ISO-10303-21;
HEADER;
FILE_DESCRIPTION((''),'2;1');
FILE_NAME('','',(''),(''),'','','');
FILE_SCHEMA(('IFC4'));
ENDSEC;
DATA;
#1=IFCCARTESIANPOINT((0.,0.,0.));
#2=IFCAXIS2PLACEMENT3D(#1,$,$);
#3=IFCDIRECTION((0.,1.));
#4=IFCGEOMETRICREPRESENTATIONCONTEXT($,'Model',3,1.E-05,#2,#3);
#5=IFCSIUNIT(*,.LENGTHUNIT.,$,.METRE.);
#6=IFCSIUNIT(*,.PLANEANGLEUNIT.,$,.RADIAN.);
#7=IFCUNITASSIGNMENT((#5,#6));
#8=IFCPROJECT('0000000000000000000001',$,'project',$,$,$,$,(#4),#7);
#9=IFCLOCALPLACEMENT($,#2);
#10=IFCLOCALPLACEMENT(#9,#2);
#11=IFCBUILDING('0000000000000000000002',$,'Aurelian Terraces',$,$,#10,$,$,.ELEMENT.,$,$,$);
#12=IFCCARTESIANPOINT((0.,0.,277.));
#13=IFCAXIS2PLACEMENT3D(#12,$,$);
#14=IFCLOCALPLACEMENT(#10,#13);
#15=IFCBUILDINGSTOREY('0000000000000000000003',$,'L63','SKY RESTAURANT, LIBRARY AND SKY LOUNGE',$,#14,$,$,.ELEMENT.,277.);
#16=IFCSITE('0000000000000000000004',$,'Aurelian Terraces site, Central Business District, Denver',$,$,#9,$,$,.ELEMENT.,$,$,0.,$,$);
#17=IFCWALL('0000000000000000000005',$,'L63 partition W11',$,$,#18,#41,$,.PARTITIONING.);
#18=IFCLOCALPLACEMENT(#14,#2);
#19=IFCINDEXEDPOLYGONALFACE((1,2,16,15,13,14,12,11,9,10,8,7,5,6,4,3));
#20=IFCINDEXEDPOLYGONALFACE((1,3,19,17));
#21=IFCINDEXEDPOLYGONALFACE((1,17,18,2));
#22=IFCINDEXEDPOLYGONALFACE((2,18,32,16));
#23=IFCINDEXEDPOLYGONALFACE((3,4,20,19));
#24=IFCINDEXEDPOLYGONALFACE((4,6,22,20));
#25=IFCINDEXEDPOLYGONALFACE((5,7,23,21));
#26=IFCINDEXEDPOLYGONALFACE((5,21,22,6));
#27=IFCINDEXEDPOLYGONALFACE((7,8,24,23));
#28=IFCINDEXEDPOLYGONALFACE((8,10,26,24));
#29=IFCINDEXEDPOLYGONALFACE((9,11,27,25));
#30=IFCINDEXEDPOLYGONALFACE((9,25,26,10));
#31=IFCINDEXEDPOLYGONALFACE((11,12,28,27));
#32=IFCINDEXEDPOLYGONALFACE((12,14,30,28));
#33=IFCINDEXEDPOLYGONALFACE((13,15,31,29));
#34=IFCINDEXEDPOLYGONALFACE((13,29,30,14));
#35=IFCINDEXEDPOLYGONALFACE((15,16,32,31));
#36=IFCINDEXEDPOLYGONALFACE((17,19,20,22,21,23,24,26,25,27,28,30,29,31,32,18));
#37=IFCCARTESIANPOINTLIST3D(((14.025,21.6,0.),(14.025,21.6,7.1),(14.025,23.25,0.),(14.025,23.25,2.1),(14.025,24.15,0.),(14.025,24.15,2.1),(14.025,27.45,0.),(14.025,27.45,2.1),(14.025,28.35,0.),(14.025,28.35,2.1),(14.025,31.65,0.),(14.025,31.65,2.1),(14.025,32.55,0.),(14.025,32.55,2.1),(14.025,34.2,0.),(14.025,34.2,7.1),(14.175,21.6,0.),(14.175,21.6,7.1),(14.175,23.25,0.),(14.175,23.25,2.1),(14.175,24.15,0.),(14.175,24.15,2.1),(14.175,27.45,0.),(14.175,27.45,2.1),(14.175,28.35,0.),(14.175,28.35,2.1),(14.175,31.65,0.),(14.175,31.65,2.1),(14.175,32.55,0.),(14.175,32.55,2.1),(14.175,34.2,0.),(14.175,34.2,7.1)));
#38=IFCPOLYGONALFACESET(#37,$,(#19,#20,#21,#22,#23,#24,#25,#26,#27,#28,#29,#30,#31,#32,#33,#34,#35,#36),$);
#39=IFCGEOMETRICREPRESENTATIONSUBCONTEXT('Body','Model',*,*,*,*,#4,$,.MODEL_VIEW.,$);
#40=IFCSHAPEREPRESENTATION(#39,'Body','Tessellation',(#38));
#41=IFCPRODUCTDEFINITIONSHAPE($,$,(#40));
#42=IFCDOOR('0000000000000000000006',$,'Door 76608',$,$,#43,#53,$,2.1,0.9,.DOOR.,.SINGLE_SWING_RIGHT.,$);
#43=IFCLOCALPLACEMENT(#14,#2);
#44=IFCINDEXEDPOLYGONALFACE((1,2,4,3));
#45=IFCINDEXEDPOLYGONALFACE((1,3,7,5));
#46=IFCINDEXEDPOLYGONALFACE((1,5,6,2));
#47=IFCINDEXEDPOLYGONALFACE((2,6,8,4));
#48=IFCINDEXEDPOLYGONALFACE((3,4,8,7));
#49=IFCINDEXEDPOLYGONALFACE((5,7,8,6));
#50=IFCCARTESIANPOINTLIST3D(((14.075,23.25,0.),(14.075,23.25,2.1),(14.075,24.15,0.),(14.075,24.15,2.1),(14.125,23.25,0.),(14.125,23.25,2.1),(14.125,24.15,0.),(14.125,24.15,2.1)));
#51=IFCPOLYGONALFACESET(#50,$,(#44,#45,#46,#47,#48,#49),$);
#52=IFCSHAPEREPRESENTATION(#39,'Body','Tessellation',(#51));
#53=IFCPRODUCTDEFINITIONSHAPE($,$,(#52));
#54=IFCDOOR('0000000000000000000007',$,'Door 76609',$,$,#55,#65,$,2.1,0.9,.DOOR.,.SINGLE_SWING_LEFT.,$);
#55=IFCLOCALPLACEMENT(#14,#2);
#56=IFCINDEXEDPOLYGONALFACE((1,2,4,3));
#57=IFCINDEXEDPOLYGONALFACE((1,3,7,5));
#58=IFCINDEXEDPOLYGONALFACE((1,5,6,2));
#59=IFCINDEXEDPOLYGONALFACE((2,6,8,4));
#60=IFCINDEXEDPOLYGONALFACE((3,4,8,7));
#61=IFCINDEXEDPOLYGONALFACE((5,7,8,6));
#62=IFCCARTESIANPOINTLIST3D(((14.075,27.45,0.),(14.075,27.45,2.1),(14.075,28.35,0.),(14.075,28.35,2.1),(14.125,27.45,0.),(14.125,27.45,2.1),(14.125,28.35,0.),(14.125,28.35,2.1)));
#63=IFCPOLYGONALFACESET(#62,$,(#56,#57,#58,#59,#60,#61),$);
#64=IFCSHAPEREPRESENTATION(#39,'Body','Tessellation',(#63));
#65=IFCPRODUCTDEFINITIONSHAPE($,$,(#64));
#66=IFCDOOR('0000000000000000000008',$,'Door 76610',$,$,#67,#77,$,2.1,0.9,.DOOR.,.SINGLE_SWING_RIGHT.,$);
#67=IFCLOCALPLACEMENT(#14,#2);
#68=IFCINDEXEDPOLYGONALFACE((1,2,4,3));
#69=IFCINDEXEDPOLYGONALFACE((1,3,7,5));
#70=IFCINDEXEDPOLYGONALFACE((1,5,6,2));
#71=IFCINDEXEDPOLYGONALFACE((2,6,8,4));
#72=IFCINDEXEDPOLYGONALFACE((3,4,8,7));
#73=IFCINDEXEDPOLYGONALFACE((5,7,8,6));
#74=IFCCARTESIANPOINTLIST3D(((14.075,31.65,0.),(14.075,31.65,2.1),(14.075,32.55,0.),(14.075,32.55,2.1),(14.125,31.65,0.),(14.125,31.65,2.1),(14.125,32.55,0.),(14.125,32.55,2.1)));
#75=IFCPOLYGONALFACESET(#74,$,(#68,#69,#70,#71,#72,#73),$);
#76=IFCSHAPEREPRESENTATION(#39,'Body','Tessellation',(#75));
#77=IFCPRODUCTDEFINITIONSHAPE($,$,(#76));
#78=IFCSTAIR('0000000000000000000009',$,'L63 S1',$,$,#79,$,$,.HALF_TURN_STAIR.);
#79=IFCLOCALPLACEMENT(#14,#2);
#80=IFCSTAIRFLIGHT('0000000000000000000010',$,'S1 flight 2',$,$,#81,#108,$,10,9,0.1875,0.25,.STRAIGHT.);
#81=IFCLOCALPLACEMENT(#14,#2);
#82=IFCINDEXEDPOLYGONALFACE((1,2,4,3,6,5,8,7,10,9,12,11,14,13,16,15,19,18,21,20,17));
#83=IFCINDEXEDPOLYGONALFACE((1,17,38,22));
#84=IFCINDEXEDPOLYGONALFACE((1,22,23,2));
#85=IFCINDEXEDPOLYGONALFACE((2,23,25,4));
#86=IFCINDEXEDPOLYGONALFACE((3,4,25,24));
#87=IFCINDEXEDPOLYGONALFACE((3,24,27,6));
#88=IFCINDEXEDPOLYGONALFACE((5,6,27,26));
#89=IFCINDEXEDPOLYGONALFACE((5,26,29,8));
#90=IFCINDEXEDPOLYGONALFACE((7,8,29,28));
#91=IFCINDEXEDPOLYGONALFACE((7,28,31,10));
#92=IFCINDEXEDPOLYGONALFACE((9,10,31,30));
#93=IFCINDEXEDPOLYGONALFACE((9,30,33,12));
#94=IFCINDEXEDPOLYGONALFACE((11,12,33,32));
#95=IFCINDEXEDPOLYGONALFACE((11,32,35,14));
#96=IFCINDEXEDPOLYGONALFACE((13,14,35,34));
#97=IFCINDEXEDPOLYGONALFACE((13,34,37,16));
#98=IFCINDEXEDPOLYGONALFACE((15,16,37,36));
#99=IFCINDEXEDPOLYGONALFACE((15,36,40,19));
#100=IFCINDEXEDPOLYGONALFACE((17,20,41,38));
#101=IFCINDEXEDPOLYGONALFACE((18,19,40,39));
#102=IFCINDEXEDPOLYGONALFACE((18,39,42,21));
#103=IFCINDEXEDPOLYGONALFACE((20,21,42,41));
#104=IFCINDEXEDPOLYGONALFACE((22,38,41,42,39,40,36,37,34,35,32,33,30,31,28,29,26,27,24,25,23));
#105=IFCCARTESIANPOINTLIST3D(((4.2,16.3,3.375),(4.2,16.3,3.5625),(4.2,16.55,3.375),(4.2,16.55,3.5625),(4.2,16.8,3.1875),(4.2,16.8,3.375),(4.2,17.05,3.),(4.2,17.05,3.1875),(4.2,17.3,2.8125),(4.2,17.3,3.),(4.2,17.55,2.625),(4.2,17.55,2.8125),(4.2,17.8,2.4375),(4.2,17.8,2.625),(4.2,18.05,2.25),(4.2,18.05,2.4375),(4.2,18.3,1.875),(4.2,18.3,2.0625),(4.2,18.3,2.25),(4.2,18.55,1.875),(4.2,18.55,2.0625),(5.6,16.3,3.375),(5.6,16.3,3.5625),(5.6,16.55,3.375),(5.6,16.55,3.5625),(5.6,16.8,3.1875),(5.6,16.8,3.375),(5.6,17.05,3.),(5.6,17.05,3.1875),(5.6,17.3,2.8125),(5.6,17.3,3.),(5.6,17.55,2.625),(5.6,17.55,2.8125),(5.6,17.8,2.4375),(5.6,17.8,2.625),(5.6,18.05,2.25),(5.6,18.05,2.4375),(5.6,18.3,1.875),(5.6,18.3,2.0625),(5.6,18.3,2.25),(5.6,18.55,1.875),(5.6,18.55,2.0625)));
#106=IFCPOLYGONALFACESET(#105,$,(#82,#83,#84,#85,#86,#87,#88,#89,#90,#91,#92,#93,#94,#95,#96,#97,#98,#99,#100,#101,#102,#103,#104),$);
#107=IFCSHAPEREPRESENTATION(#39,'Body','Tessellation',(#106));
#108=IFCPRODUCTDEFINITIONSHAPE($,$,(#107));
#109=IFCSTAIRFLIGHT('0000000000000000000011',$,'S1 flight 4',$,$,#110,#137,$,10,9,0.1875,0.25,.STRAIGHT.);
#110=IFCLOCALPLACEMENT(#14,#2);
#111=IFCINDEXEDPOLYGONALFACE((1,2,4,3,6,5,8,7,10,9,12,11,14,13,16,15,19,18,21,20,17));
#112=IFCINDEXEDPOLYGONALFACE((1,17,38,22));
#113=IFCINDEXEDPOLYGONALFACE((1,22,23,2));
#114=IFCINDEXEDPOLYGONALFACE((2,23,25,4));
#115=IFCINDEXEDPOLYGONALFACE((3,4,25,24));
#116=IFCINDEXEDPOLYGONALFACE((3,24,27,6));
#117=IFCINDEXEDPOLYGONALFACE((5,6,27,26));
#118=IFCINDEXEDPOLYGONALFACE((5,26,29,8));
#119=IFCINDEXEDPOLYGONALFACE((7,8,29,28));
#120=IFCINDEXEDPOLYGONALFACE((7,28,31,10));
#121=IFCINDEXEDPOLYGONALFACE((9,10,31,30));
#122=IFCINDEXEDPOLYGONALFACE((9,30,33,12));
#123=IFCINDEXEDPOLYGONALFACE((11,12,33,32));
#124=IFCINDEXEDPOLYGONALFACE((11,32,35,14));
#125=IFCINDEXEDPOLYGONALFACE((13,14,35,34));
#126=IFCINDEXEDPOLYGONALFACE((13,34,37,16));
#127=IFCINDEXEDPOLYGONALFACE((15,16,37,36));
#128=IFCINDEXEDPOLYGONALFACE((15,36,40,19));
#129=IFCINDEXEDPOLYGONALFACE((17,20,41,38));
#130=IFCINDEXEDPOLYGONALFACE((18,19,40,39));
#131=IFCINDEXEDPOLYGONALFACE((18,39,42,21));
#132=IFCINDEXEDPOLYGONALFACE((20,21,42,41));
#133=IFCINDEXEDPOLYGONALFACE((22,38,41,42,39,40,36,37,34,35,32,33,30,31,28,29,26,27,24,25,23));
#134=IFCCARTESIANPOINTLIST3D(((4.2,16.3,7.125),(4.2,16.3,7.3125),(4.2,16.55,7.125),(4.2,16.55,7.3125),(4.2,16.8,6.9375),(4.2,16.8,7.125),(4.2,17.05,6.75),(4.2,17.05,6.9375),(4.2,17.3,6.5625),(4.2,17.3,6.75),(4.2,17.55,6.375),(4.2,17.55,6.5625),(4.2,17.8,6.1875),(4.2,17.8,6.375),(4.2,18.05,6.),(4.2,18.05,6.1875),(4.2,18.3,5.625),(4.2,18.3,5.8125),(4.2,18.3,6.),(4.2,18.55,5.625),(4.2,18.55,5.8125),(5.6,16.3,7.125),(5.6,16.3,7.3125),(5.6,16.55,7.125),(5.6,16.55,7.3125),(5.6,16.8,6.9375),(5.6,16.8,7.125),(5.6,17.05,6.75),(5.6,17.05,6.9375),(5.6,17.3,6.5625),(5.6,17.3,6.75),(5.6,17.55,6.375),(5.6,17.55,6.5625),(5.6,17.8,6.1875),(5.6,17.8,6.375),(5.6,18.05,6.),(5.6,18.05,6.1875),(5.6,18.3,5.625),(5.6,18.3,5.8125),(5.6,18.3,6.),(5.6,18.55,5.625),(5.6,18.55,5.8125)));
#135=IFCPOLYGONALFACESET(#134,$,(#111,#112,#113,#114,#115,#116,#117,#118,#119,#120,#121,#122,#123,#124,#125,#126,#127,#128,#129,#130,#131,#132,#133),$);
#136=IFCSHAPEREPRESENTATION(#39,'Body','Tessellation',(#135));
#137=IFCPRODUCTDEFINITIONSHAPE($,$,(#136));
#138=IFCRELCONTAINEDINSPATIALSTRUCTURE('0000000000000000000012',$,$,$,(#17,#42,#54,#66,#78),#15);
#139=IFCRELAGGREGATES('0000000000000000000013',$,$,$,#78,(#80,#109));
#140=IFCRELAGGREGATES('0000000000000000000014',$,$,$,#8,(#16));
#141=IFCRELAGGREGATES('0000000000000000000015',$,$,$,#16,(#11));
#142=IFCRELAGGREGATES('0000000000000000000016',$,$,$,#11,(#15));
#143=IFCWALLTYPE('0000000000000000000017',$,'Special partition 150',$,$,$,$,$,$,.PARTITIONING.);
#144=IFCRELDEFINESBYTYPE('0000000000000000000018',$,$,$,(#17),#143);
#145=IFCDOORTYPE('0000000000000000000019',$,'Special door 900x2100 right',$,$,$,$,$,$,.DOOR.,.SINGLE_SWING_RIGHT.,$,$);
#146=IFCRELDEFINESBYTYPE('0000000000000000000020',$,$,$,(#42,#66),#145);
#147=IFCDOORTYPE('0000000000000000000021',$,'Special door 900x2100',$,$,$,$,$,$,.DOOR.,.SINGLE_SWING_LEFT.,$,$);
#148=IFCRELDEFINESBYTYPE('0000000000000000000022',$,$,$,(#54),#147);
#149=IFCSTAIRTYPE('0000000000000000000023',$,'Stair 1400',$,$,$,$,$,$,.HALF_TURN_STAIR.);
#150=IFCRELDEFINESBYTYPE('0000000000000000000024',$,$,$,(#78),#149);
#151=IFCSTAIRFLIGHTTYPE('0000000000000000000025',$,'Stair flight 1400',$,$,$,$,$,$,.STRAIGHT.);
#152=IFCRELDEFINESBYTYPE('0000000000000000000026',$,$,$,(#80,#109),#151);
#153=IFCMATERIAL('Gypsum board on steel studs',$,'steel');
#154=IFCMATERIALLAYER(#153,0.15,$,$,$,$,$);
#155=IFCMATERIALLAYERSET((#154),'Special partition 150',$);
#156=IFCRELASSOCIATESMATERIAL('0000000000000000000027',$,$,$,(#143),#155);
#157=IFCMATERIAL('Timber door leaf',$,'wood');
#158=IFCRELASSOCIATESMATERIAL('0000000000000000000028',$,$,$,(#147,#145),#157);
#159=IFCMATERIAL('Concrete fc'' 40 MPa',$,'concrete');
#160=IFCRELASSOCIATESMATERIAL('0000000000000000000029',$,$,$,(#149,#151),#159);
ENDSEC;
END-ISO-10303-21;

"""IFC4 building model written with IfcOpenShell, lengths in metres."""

from ifc_helpers import new_model, si_unit, direction, frame, frame_2d, origin, place, context, subcontext, project, spatial, polyline, rectangle, outline, extrude, source, transform, mapped, material, layer, layer_set, type_object, element, fill, aggregate, save


model = new_model("IFC4")

# Units and contexts
model_context = context("Model", 3, precision=1e-05, world=origin(), true_north=direction((0.0, 1.0)))
body_context = subcontext(model_context, "Body", "Model", "MODEL_VIEW")
ifc_project = project(units=[si_unit("LENGTHUNIT", "METRE"), si_unit("PLANEANGLEUNIT", "RADIAN")], contexts=[model_context])

# Site, building, storey
site_placement = place(None, origin())
site = spatial("IfcSite", under=ifc_project, at=site_placement, Name="Aurelian Terraces site, Central Business District, Denver", CompositionType="ELEMENT", RefElevation=0.0)
building_placement = place(site_placement, origin())
building = spatial("IfcBuilding", under=site, at=building_placement, Name="Aurelian Terraces", CompositionType="ELEMENT")
storey_placement = place(building_placement, frame((0.0, 0.0, 277.0)))
storey = spatial("IfcBuildingStorey", under=building, at=storey_placement, Name="L63", Description="SKY RESTAURANT, LIBRARY AND SKY LOUNGE", CompositionType="ELEMENT", Elevation=277.0)

# Shared definitions
ifc_material_1 = material(Name="Gypsum board on steel studs", Category="steel")
shared_shape_1 = source(origin(), body_context, "Body", "SweptSolid", [
    extrude(rectangle(XDim=0.9, YDim=2.1, at=frame_2d((0.45, 1.05))), frame((0.0, 0.025, 0.0), z_axis=(0.0, -1.0, 0.0), x_axis=(1.0, 0.0, 0.0)), (0.0, 0.0, 1.0), 0.05),
])

# Shared definitions
ifc_layer_1 = layer(ifc_material_1, 0.15)
ifc_layer_set_1 = layer_set([ifc_layer_1], Name="Special partition 150")
wall_type_1 = type_object("IfcWallType", Name="Special partition 150", PredefinedType="PARTITIONING", material=ifc_layer_set_1)
shared_shape_2 = source(origin(), body_context, "Body", "SweptSolid", [
    extrude(rectangle(XDim=0.9, YDim=2.1, at=frame_2d((0.45, 1.05))), frame((0.0, 0.085, 0.0), z_axis=(0.0, -1.0, 0.0), x_axis=(1.0, 0.0, 0.0)), (0.0, 0.0, 1.0), 0.17),
])
ifc_material_2 = material(Name="Timber door leaf", Category="wood")
door_type_1 = type_object("IfcDoorType", Name="Special door 900x2100", OperationType="SINGLE_SWING_LEFT", PredefinedType="DOOR", material=ifc_material_2)

# Wall, openings, doors
shared_shape_3 = source(origin(), body_context, "Body", "SweptSolid", [
    extrude(rectangle(XDim=12.6, YDim=0.15, at=frame_2d((6.3, 0.0))), origin(), (0.0, 0.0, 1.0), 7.1),
])
wall_1_placement = place(storey_placement, frame((14.1, 21.6, 0.0), z_axis=(0.0, 0.0, 1.0), x_axis=(0.0, 1.0, 0.0)))
wall_1 = element("IfcWall", 1, at=wall_1_placement, inside=storey, type_object=wall_type_1, Name="L63 partition W11", PredefinedType="PARTITIONING", context=body_context, shape_type="MappedRepresentation", body=[
    mapped(shared_shape_3, transform((0.0, 0.0, 0.0), scale=1.0)),
])
opening_1_placement = place(wall_1_placement, frame((1.65, 0.0, 0.0)))
opening_1 = element("IfcOpeningElement", 2, at=opening_1_placement, cuts=wall_1, PredefinedType="OPENING", context=body_context, shape_type="MappedRepresentation", body=[
    mapped(shared_shape_2, transform((0.0, 0.0, 0.0), scale=1.0)),
])
opening_2_placement = place(wall_1_placement, frame((5.85, 0.0, 0.0)))
opening_2 = element("IfcOpeningElement", 3, at=opening_2_placement, cuts=wall_1, PredefinedType="OPENING", context=body_context, shape_type="MappedRepresentation", body=[
    mapped(shared_shape_2, transform((0.0, 0.0, 0.0), scale=1.0)),
])
opening_3_placement = place(wall_1_placement, frame((10.05, 0.0, 0.0)))
opening_3 = element("IfcOpeningElement", 4, at=opening_3_placement, cuts=wall_1, PredefinedType="OPENING", context=body_context, shape_type="MappedRepresentation", body=[
    mapped(shared_shape_2, transform((0.0, 0.0, 0.0), scale=1.0)),
])
door_type_2 = type_object("IfcDoorType", Name="Special door 900x2100 right", OperationType="SINGLE_SWING_RIGHT", PredefinedType="DOOR", material=ifc_material_2)
door_1_placement = place(opening_1_placement, origin())
door_1 = element("IfcDoor", 5, at=door_1_placement, inside=storey, type_object=door_type_2, Name="Door 76608", OperationType="SINGLE_SWING_RIGHT", OverallHeight=2.1, OverallWidth=0.9, PredefinedType="DOOR", context=body_context, shape_type="MappedRepresentation", body=[
    mapped(shared_shape_1, transform((0.0, 0.0, 0.0), scale=1.0)),
])
fill(opening_1, door_1)
door_2_placement = place(opening_2_placement, origin())
door_2 = element("IfcDoor", 6, at=door_2_placement, inside=storey, type_object=door_type_1, Name="Door 76609", OperationType="SINGLE_SWING_LEFT", OverallHeight=2.1, OverallWidth=0.9, PredefinedType="DOOR", context=body_context, shape_type="MappedRepresentation", body=[
    mapped(shared_shape_1, transform((0.0, 0.0, 0.0), scale=1.0)),
])
fill(opening_2, door_2)
door_3_placement = place(opening_3_placement, origin())
door_3 = element("IfcDoor", 7, at=door_3_placement, inside=storey, type_object=door_type_2, Name="Door 76610", OperationType="SINGLE_SWING_RIGHT", OverallHeight=2.1, OverallWidth=0.9, PredefinedType="DOOR", context=body_context, shape_type="MappedRepresentation", body=[
    mapped(shared_shape_1, transform((0.0, 0.0, 0.0), scale=1.0)),
])
fill(opening_3, door_3)

# Stair, stair flights
ifc_material_3 = material(Name="Concrete fc' 40 MPa", Category="concrete")
stair_type = type_object("IfcStairType", Name="Stair 1400", PredefinedType="HALF_TURN_STAIR", material=ifc_material_3)
stair_placement = place(storey_placement, origin())
stair = element("IfcStair", 8, at=stair_placement, inside=storey, type_object=stair_type, Name="L63 S1", PredefinedType="HALF_TURN_STAIR")
stair_flight_type = type_object("IfcStairFlightType", Name="Stair flight 1400", PredefinedType="STRAIGHT", material=ifc_material_3)
shared_shape_4 = source(origin(), body_context, "Body", "SweptSolid", [
    extrude(outline(polyline([(0.0, 0.0), (0.0, 0.1875), (0.25, 0.1875), (0.25, 0.375), (0.5, 0.375), (0.5, 0.5625), (0.75, 0.5625), (0.75, 0.75), (1.0, 0.75), (1.0, 0.9375), (1.25, 0.9375), (1.25, 1.125), (1.5, 1.125), (1.5, 1.3125), (1.75, 1.3125), (1.75, 1.5), (2.0, 1.5), (2.0, 1.6875), (2.25, 1.6875), (2.25, 1.875), (2.25, 1.5), (0.25, 0.0), (0.0, 0.0)])), frame((0.0, 0.7, 0.0), z_axis=(0.0, -1.0, 0.0), x_axis=(1.0, 0.0, 0.0)), (0.0, 0.0, 1.0), 1.4),
])
stair_flight_1_placement = place(storey_placement, frame((4.9, 18.55, 1.875), z_axis=(0.0, 0.0, 1.0), x_axis=(0.0, -1.0, 0.0)))
stair_flight_1 = element("IfcStairFlight", 9, at=stair_flight_1_placement, type_object=stair_flight_type, Name="S1 flight 2", NumberOfRisers=10, NumberOfTreads=9, PredefinedType="STRAIGHT", RiserHeight=0.1875, TreadLength=0.25, context=body_context, shape_type="MappedRepresentation", body=[
    mapped(shared_shape_4, transform((0.0, 0.0, 0.0), scale=1.0)),
])
stair_flight_2_placement = place(storey_placement, frame((4.9, 18.55, 5.625), z_axis=(0.0, 0.0, 1.0), x_axis=(0.0, -1.0, 0.0)))
stair_flight_2 = element("IfcStairFlight", 10, at=stair_flight_2_placement, type_object=stair_flight_type, Name="S1 flight 4", NumberOfRisers=10, NumberOfTreads=9, PredefinedType="STRAIGHT", RiserHeight=0.1875, TreadLength=0.25, context=body_context, shape_type="MappedRepresentation", body=[
    mapped(shared_shape_4, transform((0.0, 0.0, 0.0), scale=1.0)),
])
aggregate(stair, [stair_flight_1, stair_flight_2])

save(model, "model.ifc")
